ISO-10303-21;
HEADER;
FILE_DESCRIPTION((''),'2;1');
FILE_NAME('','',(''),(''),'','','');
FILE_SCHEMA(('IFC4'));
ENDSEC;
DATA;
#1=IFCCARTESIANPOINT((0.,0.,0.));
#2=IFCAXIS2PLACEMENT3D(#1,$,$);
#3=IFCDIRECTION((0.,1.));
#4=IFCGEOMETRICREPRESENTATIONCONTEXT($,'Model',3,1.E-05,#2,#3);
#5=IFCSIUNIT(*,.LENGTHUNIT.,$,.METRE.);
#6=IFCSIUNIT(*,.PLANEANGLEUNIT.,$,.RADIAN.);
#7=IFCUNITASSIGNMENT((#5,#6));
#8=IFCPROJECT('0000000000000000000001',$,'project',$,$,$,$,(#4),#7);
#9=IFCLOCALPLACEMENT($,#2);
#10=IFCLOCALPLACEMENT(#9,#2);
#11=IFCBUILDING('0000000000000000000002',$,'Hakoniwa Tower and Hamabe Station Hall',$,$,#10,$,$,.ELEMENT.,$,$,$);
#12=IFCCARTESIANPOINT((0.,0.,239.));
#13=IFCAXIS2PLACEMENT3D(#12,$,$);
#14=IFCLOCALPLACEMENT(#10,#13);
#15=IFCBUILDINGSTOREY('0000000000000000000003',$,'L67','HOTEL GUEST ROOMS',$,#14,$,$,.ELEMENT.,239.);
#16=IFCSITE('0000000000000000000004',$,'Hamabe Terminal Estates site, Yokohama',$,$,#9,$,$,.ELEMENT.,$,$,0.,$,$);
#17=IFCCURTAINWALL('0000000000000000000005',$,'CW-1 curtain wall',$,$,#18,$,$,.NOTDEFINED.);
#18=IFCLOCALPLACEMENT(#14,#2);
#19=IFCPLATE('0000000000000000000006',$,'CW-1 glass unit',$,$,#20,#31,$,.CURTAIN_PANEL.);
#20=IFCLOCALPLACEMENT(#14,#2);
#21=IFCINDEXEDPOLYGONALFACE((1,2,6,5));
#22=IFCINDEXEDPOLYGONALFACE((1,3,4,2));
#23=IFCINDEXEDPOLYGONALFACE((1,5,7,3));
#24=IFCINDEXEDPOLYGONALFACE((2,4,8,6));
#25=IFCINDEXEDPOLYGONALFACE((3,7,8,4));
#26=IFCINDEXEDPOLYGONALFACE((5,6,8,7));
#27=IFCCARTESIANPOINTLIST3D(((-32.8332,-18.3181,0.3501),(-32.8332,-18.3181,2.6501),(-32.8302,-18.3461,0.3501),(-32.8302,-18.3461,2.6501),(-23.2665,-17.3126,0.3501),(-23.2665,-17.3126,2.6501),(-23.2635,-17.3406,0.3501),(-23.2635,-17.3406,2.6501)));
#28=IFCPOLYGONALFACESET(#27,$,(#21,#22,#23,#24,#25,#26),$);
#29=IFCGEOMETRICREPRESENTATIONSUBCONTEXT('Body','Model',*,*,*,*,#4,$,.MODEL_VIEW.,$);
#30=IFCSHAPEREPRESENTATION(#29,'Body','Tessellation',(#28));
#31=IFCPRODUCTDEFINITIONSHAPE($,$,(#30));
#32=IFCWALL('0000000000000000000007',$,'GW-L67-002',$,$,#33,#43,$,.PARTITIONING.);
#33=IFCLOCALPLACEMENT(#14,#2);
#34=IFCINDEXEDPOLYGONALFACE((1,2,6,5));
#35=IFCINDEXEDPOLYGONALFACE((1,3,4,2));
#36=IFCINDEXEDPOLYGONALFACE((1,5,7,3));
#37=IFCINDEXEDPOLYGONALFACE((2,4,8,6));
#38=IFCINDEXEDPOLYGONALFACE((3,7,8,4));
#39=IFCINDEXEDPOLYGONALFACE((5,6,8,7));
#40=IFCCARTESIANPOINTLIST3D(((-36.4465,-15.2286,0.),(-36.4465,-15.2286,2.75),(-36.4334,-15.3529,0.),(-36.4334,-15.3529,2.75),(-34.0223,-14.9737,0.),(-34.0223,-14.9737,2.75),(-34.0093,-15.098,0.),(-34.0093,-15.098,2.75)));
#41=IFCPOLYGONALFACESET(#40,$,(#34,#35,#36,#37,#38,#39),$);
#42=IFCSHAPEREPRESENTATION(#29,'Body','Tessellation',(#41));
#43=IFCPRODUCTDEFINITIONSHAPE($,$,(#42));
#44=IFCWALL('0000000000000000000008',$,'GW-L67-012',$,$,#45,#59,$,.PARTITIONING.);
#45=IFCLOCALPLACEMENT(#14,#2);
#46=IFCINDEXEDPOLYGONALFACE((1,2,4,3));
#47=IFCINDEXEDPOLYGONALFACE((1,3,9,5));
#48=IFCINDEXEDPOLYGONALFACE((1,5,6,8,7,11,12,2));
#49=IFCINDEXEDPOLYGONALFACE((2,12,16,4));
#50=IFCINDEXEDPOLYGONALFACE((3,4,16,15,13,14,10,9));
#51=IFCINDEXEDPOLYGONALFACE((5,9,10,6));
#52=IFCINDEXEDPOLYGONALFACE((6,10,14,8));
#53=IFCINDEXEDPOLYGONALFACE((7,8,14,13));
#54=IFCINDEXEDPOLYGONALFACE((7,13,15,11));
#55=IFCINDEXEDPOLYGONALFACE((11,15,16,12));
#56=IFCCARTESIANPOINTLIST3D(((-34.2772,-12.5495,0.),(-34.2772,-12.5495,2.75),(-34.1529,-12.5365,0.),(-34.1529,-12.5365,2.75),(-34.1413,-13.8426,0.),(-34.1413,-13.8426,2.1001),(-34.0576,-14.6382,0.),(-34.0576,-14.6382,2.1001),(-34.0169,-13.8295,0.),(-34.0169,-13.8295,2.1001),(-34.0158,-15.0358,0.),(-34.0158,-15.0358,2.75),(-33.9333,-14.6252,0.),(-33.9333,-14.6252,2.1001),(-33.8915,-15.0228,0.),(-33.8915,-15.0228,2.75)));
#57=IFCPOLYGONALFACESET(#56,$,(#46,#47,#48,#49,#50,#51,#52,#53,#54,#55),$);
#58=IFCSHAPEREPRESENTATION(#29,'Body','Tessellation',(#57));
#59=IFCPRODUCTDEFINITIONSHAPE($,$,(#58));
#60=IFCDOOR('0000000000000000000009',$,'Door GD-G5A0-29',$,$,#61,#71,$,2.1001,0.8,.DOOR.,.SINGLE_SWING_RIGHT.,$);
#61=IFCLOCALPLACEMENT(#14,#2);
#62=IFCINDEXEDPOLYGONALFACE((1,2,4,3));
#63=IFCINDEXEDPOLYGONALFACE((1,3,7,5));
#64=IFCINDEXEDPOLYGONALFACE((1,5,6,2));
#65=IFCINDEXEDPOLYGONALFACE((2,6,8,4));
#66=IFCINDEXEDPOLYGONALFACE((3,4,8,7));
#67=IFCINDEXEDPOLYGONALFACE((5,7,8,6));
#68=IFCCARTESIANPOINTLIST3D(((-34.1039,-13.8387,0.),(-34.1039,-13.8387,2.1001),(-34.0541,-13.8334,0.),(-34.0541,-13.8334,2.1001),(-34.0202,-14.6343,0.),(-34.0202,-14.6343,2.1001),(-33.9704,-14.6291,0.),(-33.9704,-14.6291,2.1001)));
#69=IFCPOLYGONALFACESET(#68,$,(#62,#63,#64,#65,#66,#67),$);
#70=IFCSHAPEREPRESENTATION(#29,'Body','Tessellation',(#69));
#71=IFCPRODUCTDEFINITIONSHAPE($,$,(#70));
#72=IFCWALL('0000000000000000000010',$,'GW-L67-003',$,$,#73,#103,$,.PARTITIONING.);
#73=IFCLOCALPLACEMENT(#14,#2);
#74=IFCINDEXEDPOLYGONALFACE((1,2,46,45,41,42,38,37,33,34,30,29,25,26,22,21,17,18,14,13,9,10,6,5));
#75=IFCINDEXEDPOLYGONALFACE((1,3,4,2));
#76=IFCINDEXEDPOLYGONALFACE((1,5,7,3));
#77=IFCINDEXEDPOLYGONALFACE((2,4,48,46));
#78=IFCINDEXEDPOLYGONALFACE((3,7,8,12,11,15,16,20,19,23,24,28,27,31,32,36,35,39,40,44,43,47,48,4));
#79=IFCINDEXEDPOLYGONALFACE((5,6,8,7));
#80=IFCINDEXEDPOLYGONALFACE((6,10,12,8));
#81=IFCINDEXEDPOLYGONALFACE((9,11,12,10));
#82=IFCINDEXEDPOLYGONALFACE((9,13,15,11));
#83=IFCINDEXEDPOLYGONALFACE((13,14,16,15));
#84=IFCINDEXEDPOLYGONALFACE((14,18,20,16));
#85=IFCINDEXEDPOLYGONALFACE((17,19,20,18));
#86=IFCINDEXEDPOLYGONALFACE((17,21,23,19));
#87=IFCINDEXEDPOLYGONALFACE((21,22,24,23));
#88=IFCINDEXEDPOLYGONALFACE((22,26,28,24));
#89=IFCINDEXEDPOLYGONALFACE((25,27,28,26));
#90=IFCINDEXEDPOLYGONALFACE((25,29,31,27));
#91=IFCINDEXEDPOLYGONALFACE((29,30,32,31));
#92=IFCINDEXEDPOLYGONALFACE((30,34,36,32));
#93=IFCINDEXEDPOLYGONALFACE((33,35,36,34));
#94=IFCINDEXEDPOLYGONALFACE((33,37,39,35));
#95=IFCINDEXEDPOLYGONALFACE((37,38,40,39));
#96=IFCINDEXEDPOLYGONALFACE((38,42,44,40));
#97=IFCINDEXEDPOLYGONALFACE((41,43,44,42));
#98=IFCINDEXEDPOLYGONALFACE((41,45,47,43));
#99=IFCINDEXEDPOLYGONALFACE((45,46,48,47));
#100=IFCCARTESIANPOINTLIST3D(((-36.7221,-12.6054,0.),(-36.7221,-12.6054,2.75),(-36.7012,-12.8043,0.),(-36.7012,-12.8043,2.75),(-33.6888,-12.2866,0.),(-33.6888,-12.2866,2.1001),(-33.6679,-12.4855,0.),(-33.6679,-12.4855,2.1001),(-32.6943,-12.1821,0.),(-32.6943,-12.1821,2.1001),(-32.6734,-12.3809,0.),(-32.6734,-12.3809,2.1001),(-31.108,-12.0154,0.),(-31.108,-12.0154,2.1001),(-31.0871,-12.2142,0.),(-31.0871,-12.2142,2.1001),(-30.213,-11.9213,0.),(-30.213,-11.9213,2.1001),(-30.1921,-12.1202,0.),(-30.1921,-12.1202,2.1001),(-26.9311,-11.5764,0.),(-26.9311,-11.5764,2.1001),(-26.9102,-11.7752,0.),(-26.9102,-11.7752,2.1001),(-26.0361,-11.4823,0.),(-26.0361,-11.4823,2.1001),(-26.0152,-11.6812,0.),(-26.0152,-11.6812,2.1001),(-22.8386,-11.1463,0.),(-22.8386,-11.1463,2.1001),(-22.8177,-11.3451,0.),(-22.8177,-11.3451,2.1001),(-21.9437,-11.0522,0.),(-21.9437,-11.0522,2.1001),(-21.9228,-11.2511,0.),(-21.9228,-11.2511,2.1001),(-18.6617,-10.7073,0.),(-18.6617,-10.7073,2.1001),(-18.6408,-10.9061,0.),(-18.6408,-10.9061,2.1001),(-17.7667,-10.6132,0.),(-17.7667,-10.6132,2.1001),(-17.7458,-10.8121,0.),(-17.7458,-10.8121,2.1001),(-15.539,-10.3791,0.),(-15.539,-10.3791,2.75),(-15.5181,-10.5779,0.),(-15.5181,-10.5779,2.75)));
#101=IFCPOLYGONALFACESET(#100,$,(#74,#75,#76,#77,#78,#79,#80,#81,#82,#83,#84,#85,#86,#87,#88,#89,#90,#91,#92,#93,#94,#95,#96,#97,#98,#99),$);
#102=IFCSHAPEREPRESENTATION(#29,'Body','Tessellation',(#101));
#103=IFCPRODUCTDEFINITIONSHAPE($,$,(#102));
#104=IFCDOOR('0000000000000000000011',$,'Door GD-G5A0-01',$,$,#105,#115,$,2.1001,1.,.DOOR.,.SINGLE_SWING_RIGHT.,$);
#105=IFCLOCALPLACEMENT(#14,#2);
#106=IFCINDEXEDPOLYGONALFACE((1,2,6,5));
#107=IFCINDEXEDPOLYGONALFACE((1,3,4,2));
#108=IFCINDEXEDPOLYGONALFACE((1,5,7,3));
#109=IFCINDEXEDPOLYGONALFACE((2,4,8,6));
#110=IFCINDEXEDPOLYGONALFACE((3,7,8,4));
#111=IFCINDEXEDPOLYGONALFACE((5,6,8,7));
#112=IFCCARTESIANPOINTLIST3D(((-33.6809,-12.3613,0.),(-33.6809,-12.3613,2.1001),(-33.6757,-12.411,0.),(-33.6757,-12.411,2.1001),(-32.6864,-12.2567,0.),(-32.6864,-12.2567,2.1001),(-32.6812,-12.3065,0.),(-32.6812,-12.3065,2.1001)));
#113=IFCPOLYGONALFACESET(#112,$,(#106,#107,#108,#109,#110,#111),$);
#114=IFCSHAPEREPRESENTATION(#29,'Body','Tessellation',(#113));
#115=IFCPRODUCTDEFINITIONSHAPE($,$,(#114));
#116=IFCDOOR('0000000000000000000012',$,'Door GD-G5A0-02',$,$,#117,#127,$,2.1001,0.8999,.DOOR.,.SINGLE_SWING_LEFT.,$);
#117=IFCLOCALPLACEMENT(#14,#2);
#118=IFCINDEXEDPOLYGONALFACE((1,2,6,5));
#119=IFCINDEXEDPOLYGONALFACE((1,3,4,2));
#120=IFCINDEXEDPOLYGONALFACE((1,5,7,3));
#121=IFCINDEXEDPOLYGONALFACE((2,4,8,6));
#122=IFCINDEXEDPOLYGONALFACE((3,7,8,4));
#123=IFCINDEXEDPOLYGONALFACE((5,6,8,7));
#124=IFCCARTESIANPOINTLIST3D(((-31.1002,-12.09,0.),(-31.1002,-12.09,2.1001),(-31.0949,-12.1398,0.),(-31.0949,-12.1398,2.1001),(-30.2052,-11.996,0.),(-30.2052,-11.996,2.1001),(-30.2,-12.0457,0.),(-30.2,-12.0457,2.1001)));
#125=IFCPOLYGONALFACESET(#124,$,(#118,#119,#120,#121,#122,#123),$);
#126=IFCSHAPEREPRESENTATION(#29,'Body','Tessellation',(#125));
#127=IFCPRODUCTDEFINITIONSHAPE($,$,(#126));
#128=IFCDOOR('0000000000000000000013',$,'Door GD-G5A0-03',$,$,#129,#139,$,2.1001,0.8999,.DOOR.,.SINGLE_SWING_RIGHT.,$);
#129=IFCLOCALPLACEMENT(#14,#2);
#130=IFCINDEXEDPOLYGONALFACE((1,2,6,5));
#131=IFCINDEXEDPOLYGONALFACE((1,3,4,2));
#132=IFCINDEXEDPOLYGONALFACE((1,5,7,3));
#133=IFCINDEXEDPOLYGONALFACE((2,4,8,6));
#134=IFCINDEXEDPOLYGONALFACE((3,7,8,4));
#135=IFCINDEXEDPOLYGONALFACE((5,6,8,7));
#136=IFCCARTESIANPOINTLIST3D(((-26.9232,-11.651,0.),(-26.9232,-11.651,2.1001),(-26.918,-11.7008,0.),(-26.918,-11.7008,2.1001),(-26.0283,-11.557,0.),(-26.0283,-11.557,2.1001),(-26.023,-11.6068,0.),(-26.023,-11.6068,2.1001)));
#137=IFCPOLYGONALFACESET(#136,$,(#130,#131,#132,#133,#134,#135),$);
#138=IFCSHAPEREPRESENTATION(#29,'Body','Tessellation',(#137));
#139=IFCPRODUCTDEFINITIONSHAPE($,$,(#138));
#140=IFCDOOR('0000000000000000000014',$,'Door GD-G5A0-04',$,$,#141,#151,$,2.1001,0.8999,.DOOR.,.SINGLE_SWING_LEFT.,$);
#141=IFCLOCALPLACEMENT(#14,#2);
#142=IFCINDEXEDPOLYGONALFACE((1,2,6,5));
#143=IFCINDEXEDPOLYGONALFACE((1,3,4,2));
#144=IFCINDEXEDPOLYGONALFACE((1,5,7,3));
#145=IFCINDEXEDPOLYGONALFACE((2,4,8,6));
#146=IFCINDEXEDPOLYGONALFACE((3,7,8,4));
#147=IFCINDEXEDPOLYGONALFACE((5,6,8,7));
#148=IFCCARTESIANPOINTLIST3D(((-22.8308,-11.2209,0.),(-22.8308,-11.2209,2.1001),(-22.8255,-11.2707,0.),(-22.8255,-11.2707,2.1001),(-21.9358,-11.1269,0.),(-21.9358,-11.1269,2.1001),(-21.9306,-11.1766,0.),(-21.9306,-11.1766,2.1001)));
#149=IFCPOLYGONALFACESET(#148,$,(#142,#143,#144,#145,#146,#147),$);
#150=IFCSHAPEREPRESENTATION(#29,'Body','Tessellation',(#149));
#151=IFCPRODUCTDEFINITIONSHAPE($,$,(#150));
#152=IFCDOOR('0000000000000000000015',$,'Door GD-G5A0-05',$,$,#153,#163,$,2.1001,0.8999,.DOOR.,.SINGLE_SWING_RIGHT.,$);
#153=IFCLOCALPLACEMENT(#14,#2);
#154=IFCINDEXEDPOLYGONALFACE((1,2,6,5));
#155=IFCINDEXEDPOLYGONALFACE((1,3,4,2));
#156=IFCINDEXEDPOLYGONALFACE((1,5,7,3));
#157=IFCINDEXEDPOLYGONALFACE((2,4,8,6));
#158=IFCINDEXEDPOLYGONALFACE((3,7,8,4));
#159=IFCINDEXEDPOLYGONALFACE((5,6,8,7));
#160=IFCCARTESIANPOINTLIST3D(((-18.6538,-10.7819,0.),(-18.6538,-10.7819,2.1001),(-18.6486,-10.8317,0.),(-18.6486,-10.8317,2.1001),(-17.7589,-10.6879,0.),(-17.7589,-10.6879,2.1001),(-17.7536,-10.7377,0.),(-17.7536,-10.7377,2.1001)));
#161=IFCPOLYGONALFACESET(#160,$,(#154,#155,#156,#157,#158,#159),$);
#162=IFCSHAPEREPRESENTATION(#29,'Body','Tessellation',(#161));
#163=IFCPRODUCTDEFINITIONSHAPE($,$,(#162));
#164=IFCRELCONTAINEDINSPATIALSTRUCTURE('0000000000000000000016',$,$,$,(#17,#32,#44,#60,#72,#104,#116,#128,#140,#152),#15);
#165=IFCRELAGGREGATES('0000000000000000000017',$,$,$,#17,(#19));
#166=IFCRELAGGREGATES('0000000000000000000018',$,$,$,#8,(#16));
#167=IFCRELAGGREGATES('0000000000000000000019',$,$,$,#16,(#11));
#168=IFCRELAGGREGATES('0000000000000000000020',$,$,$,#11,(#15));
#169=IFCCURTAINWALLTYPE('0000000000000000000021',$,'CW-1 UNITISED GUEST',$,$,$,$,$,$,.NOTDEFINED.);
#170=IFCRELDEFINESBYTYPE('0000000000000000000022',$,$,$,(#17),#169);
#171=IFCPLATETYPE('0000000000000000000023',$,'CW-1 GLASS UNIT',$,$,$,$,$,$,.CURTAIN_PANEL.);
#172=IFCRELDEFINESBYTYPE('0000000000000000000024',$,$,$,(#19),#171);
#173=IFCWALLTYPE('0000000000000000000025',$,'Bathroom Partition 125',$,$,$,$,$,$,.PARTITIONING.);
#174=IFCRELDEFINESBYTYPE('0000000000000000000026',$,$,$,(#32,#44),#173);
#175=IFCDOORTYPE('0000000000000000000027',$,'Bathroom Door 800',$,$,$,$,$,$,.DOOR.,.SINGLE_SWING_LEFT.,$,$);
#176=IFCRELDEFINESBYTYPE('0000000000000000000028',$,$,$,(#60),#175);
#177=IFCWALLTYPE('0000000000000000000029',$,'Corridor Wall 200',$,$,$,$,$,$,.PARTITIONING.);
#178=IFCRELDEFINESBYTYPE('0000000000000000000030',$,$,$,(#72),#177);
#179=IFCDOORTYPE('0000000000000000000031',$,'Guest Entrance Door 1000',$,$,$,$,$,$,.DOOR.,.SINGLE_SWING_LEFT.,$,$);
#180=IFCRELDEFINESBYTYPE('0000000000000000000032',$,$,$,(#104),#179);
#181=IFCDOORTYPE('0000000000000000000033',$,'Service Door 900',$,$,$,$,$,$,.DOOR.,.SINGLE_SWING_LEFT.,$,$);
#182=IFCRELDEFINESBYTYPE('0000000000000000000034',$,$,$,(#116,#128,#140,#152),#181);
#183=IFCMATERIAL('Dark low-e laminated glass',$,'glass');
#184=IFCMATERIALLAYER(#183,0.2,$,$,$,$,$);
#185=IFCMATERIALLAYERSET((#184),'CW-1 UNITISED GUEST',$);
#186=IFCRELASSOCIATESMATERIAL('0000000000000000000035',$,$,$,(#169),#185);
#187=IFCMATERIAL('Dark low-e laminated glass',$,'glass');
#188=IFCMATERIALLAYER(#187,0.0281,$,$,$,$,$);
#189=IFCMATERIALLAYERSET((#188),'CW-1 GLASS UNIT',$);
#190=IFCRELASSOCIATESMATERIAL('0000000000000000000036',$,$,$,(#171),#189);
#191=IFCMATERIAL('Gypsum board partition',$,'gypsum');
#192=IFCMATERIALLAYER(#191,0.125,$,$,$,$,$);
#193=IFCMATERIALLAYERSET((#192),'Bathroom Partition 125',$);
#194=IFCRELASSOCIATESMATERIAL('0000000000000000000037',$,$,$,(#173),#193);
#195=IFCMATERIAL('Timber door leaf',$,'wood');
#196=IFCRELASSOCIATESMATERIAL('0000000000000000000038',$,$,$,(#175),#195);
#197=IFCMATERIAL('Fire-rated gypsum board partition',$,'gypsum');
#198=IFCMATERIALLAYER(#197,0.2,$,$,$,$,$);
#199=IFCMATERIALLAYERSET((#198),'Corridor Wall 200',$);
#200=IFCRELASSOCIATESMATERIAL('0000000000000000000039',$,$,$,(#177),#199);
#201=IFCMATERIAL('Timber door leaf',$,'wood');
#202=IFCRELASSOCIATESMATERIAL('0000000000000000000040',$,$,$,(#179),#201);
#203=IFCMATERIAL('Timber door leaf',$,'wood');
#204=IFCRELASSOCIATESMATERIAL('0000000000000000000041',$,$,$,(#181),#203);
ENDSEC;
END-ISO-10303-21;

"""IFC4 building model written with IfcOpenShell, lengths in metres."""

from ifc_helpers import new_model, si_unit, direction, frame, frame_2d, origin, origin_2d, place, context, subcontext, project, spatial, rectangle, extrude, material, layer, layer_set, type_object, element, fill, aggregate, save


model = new_model("IFC4")

# Units and contexts
model_context = context("Model", 3, precision=1e-05, world=origin(), true_north=direction((0.0, 1.0)))
body_context = subcontext(model_context, "Body", "Model", "MODEL_VIEW")
ifc_project = project(units=[si_unit("LENGTHUNIT", "METRE"), si_unit("PLANEANGLEUNIT", "RADIAN")], contexts=[model_context])

# Site, building, storey
site_placement = place(None, origin())
site = spatial("IfcSite", under=ifc_project, at=site_placement, Name="Hamabe Terminal Estates site, Yokohama", CompositionType="ELEMENT", RefElevation=0.0)
building_placement = place(site_placement, origin())
building = spatial("IfcBuilding", under=site, at=building_placement, Name="Hakoniwa Tower and Hamabe Station Hall", CompositionType="ELEMENT")
storey_placement = place(building_placement, frame((0.0, 0.0, 239.0)))
storey = spatial("IfcBuildingStorey", under=building, at=storey_placement, Name="L67", Description="HOTEL GUEST ROOMS", CompositionType="ELEMENT", Elevation=239.0)

# Curtain wall
ifc_material_1 = material(Name="Dark low-e laminated glass", Category="glass")
ifc_layer_1 = layer(ifc_material_1, 0.2)
ifc_layer_set_1 = layer_set([ifc_layer_1], Name="CW-1 UNITISED GUEST")
curtain_wall_type = type_object("IfcCurtainWallType", Name="CW-1 UNITISED GUEST", PredefinedType="NOTDEFINED", material=ifc_layer_set_1)
curtain_wall_1_placement = place(storey_placement, origin())
curtain_wall_1 = element("IfcCurtainWall", 1, at=curtain_wall_1_placement, inside=storey, type_object=curtain_wall_type, Name="CW-1 curtain wall", PredefinedType="NOTDEFINED")

# Plate
ifc_material_2 = material(Name="Dark low-e laminated glass", Category="glass")
ifc_layer_2 = layer(ifc_material_2, 0.0281)
ifc_layer_set_2 = layer_set([ifc_layer_2], Name="CW-1 GLASS UNIT")
plate_type = type_object("IfcPlateType", Name="CW-1 GLASS UNIT", PredefinedType="CURTAIN_PANEL", material=ifc_layer_set_2)
plate_1_placement = place(storey_placement, frame((-28.0483, -17.8293, 0.3501), z_axis=(0.0, 0.0, 1.0), x_axis=(0.994522, 0.104528, 0.0)))
plate_1 = element("IfcPlate", 2, at=plate_1_placement, type_object=plate_type, Name="CW-1 glass unit", PredefinedType="CURTAIN_PANEL", context=body_context, shape_type="SweptSolid", body=[
    extrude(rectangle(XDim=9.6194, YDim=0.0281, at=origin_2d()), origin(), (0.0, 0.0, 1.0), 2.3),
])
aggregate(curtain_wall_1, [plate_1])

# Wall
ifc_material_3 = material(Name="Gypsum board partition", Category="gypsum")
ifc_layer_3 = layer(ifc_material_3, 0.125)
ifc_layer_set_3 = layer_set([ifc_layer_3], Name="Bathroom Partition 125")
wall_type_1 = type_object("IfcWallType", Name="Bathroom Partition 125", PredefinedType="PARTITIONING", material=ifc_layer_set_3)
wall_1_placement = place(storey_placement, frame((-36.4399, -15.2908, 0.0), z_axis=(0.0, 0.0, 1.0), x_axis=(0.994518, 0.10457, 0.0)))
element("IfcWall", 3, at=wall_1_placement, inside=storey, type_object=wall_type_1, Name="GW-L67-002", PredefinedType="PARTITIONING", context=body_context, shape_type="SweptSolid", body=[
    extrude(rectangle(XDim=2.4375, YDim=0.125, at=frame_2d((1.2188, 0.0))), origin(), (0.0, 0.0, 1.0), 2.75),
])

# Wall, opening, door
wall_2_placement = place(storey_placement, frame((-33.9536, -15.0293, 0.0), z_axis=(0.0, 0.0, 1.0), x_axis=(-0.104588, 0.994516, 0.0)))
wall_2 = element("IfcWall", 4, at=wall_2_placement, inside=storey, type_object=wall_type_1, Name="GW-L67-012", PredefinedType="PARTITIONING", context=body_context, shape_type="SweptSolid", body=[
    extrude(rectangle(XDim=2.5, YDim=0.125, at=frame_2d((1.25, 0.0))), origin(), (0.0, 0.0, 1.0), 2.75),
])
opening_1_placement = place(wall_2_placement, frame((0.3999, 0.0, 0.0)))
opening_1 = element("IfcOpeningElement", 5, at=opening_1_placement, cuts=wall_2, PredefinedType="OPENING", context=body_context, shape_type="SweptSolid", body=[
    extrude(rectangle(XDim=0.8, YDim=2.1001, at=frame_2d((0.3999, 1.05))), frame((0.0, 0.0725, 0.0), z_axis=(0.0, -1.0, 0.0), x_axis=(1.0, 0.0, 0.0)), (0.0, 0.0, 1.0), 0.145),
])
ifc_material_4 = material(Name="Timber door leaf", Category="wood")
door_type_1 = type_object("IfcDoorType", Name="Bathroom Door 800", OperationType="SINGLE_SWING_LEFT", PredefinedType="DOOR", material=ifc_material_4)
door_1_placement = place(opening_1_placement, origin())
door_1 = element("IfcDoor", 6, at=door_1_placement, inside=storey, type_object=door_type_1, Name="Door GD-G5A0-29", OperationType="SINGLE_SWING_RIGHT", OverallHeight=2.1001, OverallWidth=0.8, PredefinedType="DOOR", context=body_context, shape_type="SweptSolid", body=[
    extrude(rectangle(XDim=0.8, YDim=2.1001, at=frame_2d((0.3999, 1.05))), frame((0.0, 0.0249, 0.0), z_axis=(0.0, -1.0, 0.0), x_axis=(1.0, 0.0, 0.0)), (0.0, 0.0, 1.0), 0.05),
])
fill(opening_1, door_1)

# Wall, openings, doors
ifc_material_5 = material(Name="Fire-rated gypsum board partition", Category="gypsum")
ifc_layer_4 = layer(ifc_material_5, 0.2)
ifc_layer_set_4 = layer_set([ifc_layer_4], Name="Corridor Wall 200")
wall_type_2 = type_object("IfcWallType", Name="Corridor Wall 200", PredefinedType="PARTITIONING", material=ifc_layer_set_4)
wall_3_placement = place(storey_placement, frame((-36.7117, -12.7048, 0.0), z_axis=(0.0, 0.0, 1.0), x_axis=(0.994522, 0.104523, 0.0)))
wall_3 = element("IfcWall", 7, at=wall_3_placement, inside=storey, type_object=wall_type_2, Name="GW-L67-003", PredefinedType="PARTITIONING", context=body_context, shape_type="SweptSolid", body=[
    extrude(rectangle(XDim=21.2998, YDim=0.2, at=frame_2d((10.6499, 0.0))), origin(), (0.0, 0.0, 1.0), 2.75),
])
opening_2_placement = place(wall_3_placement, frame((3.05, 0.0, 0.0)))
opening_2 = element("IfcOpeningElement", 8, at=opening_2_placement, cuts=wall_3, PredefinedType="OPENING", context=body_context, shape_type="SweptSolid", body=[
    extrude(rectangle(XDim=1.0, YDim=2.1001, at=frame_2d((0.5, 1.05))), frame((0.0, 0.1099, 0.0), z_axis=(0.0, -1.0, 0.0), x_axis=(1.0, 0.0, 0.0)), (0.0, 0.0, 1.0), 0.22),
])
opening_3_placement = place(wall_3_placement, frame((5.645, 0.0, 0.0)))
opening_3 = element("IfcOpeningElement", 9, at=opening_3_placement, cuts=wall_3, PredefinedType="OPENING", context=body_context, shape_type="SweptSolid", body=[
    extrude(rectangle(XDim=0.8999, YDim=2.1001, at=frame_2d((0.45, 1.05))), frame((0.0, 0.1099, 0.0), z_axis=(0.0, -1.0, 0.0), x_axis=(1.0, 0.0, 0.0)), (0.0, 0.0, 1.0), 0.22),
])
opening_4_placement = place(wall_3_placement, frame((9.845, 0.0, 0.0)))
opening_4 = element("IfcOpeningElement", 10, at=opening_4_placement, cuts=wall_3, PredefinedType="OPENING", context=body_context, shape_type="SweptSolid", body=[
    extrude(rectangle(XDim=0.8999, YDim=2.1001, at=frame_2d((0.45, 1.05))), frame((0.0, 0.1099, 0.0), z_axis=(0.0, -1.0, 0.0), x_axis=(1.0, 0.0, 0.0)), (0.0, 0.0, 1.0), 0.22),
])
opening_5_placement = place(wall_3_placement, frame((13.96, 0.0, 0.0)))
opening_5 = element("IfcOpeningElement", 11, at=opening_5_placement, cuts=wall_3, PredefinedType="OPENING", context=body_context, shape_type="SweptSolid", body=[
    extrude(rectangle(XDim=0.8999, YDim=2.1001, at=frame_2d((0.45, 1.05))), frame((0.0, 0.1099, 0.0), z_axis=(0.0, -1.0, 0.0), x_axis=(1.0, 0.0, 0.0)), (0.0, 0.0, 1.0), 0.22),
])
opening_6_placement = place(wall_3_placement, frame((18.1599, 0.0, 0.0)))
opening_6 = element("IfcOpeningElement", 12, at=opening_6_placement, cuts=wall_3, PredefinedType="OPENING", context=body_context, shape_type="SweptSolid", body=[
    extrude(rectangle(XDim=0.8999, YDim=2.1001, at=frame_2d((0.45, 1.05))), frame((0.0, 0.1099, 0.0), z_axis=(0.0, -1.0, 0.0), x_axis=(1.0, 0.0, 0.0)), (0.0, 0.0, 1.0), 0.22),
])
ifc_material_6 = material(Name="Timber door leaf", Category="wood")
door_type_2 = type_object("IfcDoorType", Name="Guest Entrance Door 1000", OperationType="SINGLE_SWING_LEFT", PredefinedType="DOOR", material=ifc_material_6)
door_2_placement = place(opening_2_placement, origin())
door_2 = element("IfcDoor", 13, at=door_2_placement, inside=storey, type_object=door_type_2, Name="Door GD-G5A0-01", OperationType="SINGLE_SWING_RIGHT", OverallHeight=2.1001, OverallWidth=1.0, PredefinedType="DOOR", context=body_context, shape_type="SweptSolid", body=[
    extrude(rectangle(XDim=1.0, YDim=2.1001, at=frame_2d((0.5, 1.05))), frame((0.0, 0.0249, 0.0), z_axis=(0.0, -1.0, 0.0), x_axis=(1.0, 0.0, 0.0)), (0.0, 0.0, 1.0), 0.05),
])
fill(opening_2, door_2)
ifc_material_7 = material(Name="Timber door leaf", Category="wood")
door_type_3 = type_object("IfcDoorType", Name="Service Door 900", OperationType="SINGLE_SWING_LEFT", PredefinedType="DOOR", material=ifc_material_7)
door_3_placement = place(opening_3_placement, origin())
door_3 = element("IfcDoor", 14, at=door_3_placement, inside=storey, type_object=door_type_3, Name="Door GD-G5A0-02", OperationType="SINGLE_SWING_LEFT", OverallHeight=2.1001, OverallWidth=0.8999, PredefinedType="DOOR", context=body_context, shape_type="SweptSolid", body=[
    extrude(rectangle(XDim=0.8999, YDim=2.1001, at=frame_2d((0.45, 1.05))), frame((0.0, 0.0249, 0.0), z_axis=(0.0, -1.0, 0.0), x_axis=(1.0, 0.0, 0.0)), (0.0, 0.0, 1.0), 0.05),
])
fill(opening_3, door_3)
door_4_placement = place(opening_4_placement, origin())
door_4 = element("IfcDoor", 15, at=door_4_placement, inside=storey, type_object=door_type_3, Name="Door GD-G5A0-03", OperationType="SINGLE_SWING_RIGHT", OverallHeight=2.1001, OverallWidth=0.8999, PredefinedType="DOOR", context=body_context, shape_type="SweptSolid", body=[
    extrude(rectangle(XDim=0.8999, YDim=2.1001, at=frame_2d((0.45, 1.05))), frame((0.0, 0.0249, 0.0), z_axis=(0.0, -1.0, 0.0), x_axis=(1.0, 0.0, 0.0)), (0.0, 0.0, 1.0), 0.05),
])
fill(opening_4, door_4)
door_5_placement = place(opening_5_placement, origin())
door_5 = element("IfcDoor", 16, at=door_5_placement, inside=storey, type_object=door_type_3, Name="Door GD-G5A0-04", OperationType="SINGLE_SWING_LEFT", OverallHeight=2.1001, OverallWidth=0.8999, PredefinedType="DOOR", context=body_context, shape_type="SweptSolid", body=[
    extrude(rectangle(XDim=0.8999, YDim=2.1001, at=frame_2d((0.45, 1.05))), frame((0.0, 0.0249, 0.0), z_axis=(0.0, -1.0, 0.0), x_axis=(1.0, 0.0, 0.0)), (0.0, 0.0, 1.0), 0.05),
])
fill(opening_5, door_5)
door_6_placement = place(opening_6_placement, origin())
door_6 = element("IfcDoor", 17, at=door_6_placement, inside=storey, type_object=door_type_3, Name="Door GD-G5A0-05", OperationType="SINGLE_SWING_RIGHT", OverallHeight=2.1001, OverallWidth=0.8999, PredefinedType="DOOR", context=body_context, shape_type="SweptSolid", body=[
    extrude(rectangle(XDim=0.8999, YDim=2.1001, at=frame_2d((0.45, 1.05))), frame((0.0, 0.0249, 0.0), z_axis=(0.0, -1.0, 0.0), x_axis=(1.0, 0.0, 0.0)), (0.0, 0.0, 1.0), 0.05),
])
fill(opening_6, door_6)

save(model, "model.ifc")
